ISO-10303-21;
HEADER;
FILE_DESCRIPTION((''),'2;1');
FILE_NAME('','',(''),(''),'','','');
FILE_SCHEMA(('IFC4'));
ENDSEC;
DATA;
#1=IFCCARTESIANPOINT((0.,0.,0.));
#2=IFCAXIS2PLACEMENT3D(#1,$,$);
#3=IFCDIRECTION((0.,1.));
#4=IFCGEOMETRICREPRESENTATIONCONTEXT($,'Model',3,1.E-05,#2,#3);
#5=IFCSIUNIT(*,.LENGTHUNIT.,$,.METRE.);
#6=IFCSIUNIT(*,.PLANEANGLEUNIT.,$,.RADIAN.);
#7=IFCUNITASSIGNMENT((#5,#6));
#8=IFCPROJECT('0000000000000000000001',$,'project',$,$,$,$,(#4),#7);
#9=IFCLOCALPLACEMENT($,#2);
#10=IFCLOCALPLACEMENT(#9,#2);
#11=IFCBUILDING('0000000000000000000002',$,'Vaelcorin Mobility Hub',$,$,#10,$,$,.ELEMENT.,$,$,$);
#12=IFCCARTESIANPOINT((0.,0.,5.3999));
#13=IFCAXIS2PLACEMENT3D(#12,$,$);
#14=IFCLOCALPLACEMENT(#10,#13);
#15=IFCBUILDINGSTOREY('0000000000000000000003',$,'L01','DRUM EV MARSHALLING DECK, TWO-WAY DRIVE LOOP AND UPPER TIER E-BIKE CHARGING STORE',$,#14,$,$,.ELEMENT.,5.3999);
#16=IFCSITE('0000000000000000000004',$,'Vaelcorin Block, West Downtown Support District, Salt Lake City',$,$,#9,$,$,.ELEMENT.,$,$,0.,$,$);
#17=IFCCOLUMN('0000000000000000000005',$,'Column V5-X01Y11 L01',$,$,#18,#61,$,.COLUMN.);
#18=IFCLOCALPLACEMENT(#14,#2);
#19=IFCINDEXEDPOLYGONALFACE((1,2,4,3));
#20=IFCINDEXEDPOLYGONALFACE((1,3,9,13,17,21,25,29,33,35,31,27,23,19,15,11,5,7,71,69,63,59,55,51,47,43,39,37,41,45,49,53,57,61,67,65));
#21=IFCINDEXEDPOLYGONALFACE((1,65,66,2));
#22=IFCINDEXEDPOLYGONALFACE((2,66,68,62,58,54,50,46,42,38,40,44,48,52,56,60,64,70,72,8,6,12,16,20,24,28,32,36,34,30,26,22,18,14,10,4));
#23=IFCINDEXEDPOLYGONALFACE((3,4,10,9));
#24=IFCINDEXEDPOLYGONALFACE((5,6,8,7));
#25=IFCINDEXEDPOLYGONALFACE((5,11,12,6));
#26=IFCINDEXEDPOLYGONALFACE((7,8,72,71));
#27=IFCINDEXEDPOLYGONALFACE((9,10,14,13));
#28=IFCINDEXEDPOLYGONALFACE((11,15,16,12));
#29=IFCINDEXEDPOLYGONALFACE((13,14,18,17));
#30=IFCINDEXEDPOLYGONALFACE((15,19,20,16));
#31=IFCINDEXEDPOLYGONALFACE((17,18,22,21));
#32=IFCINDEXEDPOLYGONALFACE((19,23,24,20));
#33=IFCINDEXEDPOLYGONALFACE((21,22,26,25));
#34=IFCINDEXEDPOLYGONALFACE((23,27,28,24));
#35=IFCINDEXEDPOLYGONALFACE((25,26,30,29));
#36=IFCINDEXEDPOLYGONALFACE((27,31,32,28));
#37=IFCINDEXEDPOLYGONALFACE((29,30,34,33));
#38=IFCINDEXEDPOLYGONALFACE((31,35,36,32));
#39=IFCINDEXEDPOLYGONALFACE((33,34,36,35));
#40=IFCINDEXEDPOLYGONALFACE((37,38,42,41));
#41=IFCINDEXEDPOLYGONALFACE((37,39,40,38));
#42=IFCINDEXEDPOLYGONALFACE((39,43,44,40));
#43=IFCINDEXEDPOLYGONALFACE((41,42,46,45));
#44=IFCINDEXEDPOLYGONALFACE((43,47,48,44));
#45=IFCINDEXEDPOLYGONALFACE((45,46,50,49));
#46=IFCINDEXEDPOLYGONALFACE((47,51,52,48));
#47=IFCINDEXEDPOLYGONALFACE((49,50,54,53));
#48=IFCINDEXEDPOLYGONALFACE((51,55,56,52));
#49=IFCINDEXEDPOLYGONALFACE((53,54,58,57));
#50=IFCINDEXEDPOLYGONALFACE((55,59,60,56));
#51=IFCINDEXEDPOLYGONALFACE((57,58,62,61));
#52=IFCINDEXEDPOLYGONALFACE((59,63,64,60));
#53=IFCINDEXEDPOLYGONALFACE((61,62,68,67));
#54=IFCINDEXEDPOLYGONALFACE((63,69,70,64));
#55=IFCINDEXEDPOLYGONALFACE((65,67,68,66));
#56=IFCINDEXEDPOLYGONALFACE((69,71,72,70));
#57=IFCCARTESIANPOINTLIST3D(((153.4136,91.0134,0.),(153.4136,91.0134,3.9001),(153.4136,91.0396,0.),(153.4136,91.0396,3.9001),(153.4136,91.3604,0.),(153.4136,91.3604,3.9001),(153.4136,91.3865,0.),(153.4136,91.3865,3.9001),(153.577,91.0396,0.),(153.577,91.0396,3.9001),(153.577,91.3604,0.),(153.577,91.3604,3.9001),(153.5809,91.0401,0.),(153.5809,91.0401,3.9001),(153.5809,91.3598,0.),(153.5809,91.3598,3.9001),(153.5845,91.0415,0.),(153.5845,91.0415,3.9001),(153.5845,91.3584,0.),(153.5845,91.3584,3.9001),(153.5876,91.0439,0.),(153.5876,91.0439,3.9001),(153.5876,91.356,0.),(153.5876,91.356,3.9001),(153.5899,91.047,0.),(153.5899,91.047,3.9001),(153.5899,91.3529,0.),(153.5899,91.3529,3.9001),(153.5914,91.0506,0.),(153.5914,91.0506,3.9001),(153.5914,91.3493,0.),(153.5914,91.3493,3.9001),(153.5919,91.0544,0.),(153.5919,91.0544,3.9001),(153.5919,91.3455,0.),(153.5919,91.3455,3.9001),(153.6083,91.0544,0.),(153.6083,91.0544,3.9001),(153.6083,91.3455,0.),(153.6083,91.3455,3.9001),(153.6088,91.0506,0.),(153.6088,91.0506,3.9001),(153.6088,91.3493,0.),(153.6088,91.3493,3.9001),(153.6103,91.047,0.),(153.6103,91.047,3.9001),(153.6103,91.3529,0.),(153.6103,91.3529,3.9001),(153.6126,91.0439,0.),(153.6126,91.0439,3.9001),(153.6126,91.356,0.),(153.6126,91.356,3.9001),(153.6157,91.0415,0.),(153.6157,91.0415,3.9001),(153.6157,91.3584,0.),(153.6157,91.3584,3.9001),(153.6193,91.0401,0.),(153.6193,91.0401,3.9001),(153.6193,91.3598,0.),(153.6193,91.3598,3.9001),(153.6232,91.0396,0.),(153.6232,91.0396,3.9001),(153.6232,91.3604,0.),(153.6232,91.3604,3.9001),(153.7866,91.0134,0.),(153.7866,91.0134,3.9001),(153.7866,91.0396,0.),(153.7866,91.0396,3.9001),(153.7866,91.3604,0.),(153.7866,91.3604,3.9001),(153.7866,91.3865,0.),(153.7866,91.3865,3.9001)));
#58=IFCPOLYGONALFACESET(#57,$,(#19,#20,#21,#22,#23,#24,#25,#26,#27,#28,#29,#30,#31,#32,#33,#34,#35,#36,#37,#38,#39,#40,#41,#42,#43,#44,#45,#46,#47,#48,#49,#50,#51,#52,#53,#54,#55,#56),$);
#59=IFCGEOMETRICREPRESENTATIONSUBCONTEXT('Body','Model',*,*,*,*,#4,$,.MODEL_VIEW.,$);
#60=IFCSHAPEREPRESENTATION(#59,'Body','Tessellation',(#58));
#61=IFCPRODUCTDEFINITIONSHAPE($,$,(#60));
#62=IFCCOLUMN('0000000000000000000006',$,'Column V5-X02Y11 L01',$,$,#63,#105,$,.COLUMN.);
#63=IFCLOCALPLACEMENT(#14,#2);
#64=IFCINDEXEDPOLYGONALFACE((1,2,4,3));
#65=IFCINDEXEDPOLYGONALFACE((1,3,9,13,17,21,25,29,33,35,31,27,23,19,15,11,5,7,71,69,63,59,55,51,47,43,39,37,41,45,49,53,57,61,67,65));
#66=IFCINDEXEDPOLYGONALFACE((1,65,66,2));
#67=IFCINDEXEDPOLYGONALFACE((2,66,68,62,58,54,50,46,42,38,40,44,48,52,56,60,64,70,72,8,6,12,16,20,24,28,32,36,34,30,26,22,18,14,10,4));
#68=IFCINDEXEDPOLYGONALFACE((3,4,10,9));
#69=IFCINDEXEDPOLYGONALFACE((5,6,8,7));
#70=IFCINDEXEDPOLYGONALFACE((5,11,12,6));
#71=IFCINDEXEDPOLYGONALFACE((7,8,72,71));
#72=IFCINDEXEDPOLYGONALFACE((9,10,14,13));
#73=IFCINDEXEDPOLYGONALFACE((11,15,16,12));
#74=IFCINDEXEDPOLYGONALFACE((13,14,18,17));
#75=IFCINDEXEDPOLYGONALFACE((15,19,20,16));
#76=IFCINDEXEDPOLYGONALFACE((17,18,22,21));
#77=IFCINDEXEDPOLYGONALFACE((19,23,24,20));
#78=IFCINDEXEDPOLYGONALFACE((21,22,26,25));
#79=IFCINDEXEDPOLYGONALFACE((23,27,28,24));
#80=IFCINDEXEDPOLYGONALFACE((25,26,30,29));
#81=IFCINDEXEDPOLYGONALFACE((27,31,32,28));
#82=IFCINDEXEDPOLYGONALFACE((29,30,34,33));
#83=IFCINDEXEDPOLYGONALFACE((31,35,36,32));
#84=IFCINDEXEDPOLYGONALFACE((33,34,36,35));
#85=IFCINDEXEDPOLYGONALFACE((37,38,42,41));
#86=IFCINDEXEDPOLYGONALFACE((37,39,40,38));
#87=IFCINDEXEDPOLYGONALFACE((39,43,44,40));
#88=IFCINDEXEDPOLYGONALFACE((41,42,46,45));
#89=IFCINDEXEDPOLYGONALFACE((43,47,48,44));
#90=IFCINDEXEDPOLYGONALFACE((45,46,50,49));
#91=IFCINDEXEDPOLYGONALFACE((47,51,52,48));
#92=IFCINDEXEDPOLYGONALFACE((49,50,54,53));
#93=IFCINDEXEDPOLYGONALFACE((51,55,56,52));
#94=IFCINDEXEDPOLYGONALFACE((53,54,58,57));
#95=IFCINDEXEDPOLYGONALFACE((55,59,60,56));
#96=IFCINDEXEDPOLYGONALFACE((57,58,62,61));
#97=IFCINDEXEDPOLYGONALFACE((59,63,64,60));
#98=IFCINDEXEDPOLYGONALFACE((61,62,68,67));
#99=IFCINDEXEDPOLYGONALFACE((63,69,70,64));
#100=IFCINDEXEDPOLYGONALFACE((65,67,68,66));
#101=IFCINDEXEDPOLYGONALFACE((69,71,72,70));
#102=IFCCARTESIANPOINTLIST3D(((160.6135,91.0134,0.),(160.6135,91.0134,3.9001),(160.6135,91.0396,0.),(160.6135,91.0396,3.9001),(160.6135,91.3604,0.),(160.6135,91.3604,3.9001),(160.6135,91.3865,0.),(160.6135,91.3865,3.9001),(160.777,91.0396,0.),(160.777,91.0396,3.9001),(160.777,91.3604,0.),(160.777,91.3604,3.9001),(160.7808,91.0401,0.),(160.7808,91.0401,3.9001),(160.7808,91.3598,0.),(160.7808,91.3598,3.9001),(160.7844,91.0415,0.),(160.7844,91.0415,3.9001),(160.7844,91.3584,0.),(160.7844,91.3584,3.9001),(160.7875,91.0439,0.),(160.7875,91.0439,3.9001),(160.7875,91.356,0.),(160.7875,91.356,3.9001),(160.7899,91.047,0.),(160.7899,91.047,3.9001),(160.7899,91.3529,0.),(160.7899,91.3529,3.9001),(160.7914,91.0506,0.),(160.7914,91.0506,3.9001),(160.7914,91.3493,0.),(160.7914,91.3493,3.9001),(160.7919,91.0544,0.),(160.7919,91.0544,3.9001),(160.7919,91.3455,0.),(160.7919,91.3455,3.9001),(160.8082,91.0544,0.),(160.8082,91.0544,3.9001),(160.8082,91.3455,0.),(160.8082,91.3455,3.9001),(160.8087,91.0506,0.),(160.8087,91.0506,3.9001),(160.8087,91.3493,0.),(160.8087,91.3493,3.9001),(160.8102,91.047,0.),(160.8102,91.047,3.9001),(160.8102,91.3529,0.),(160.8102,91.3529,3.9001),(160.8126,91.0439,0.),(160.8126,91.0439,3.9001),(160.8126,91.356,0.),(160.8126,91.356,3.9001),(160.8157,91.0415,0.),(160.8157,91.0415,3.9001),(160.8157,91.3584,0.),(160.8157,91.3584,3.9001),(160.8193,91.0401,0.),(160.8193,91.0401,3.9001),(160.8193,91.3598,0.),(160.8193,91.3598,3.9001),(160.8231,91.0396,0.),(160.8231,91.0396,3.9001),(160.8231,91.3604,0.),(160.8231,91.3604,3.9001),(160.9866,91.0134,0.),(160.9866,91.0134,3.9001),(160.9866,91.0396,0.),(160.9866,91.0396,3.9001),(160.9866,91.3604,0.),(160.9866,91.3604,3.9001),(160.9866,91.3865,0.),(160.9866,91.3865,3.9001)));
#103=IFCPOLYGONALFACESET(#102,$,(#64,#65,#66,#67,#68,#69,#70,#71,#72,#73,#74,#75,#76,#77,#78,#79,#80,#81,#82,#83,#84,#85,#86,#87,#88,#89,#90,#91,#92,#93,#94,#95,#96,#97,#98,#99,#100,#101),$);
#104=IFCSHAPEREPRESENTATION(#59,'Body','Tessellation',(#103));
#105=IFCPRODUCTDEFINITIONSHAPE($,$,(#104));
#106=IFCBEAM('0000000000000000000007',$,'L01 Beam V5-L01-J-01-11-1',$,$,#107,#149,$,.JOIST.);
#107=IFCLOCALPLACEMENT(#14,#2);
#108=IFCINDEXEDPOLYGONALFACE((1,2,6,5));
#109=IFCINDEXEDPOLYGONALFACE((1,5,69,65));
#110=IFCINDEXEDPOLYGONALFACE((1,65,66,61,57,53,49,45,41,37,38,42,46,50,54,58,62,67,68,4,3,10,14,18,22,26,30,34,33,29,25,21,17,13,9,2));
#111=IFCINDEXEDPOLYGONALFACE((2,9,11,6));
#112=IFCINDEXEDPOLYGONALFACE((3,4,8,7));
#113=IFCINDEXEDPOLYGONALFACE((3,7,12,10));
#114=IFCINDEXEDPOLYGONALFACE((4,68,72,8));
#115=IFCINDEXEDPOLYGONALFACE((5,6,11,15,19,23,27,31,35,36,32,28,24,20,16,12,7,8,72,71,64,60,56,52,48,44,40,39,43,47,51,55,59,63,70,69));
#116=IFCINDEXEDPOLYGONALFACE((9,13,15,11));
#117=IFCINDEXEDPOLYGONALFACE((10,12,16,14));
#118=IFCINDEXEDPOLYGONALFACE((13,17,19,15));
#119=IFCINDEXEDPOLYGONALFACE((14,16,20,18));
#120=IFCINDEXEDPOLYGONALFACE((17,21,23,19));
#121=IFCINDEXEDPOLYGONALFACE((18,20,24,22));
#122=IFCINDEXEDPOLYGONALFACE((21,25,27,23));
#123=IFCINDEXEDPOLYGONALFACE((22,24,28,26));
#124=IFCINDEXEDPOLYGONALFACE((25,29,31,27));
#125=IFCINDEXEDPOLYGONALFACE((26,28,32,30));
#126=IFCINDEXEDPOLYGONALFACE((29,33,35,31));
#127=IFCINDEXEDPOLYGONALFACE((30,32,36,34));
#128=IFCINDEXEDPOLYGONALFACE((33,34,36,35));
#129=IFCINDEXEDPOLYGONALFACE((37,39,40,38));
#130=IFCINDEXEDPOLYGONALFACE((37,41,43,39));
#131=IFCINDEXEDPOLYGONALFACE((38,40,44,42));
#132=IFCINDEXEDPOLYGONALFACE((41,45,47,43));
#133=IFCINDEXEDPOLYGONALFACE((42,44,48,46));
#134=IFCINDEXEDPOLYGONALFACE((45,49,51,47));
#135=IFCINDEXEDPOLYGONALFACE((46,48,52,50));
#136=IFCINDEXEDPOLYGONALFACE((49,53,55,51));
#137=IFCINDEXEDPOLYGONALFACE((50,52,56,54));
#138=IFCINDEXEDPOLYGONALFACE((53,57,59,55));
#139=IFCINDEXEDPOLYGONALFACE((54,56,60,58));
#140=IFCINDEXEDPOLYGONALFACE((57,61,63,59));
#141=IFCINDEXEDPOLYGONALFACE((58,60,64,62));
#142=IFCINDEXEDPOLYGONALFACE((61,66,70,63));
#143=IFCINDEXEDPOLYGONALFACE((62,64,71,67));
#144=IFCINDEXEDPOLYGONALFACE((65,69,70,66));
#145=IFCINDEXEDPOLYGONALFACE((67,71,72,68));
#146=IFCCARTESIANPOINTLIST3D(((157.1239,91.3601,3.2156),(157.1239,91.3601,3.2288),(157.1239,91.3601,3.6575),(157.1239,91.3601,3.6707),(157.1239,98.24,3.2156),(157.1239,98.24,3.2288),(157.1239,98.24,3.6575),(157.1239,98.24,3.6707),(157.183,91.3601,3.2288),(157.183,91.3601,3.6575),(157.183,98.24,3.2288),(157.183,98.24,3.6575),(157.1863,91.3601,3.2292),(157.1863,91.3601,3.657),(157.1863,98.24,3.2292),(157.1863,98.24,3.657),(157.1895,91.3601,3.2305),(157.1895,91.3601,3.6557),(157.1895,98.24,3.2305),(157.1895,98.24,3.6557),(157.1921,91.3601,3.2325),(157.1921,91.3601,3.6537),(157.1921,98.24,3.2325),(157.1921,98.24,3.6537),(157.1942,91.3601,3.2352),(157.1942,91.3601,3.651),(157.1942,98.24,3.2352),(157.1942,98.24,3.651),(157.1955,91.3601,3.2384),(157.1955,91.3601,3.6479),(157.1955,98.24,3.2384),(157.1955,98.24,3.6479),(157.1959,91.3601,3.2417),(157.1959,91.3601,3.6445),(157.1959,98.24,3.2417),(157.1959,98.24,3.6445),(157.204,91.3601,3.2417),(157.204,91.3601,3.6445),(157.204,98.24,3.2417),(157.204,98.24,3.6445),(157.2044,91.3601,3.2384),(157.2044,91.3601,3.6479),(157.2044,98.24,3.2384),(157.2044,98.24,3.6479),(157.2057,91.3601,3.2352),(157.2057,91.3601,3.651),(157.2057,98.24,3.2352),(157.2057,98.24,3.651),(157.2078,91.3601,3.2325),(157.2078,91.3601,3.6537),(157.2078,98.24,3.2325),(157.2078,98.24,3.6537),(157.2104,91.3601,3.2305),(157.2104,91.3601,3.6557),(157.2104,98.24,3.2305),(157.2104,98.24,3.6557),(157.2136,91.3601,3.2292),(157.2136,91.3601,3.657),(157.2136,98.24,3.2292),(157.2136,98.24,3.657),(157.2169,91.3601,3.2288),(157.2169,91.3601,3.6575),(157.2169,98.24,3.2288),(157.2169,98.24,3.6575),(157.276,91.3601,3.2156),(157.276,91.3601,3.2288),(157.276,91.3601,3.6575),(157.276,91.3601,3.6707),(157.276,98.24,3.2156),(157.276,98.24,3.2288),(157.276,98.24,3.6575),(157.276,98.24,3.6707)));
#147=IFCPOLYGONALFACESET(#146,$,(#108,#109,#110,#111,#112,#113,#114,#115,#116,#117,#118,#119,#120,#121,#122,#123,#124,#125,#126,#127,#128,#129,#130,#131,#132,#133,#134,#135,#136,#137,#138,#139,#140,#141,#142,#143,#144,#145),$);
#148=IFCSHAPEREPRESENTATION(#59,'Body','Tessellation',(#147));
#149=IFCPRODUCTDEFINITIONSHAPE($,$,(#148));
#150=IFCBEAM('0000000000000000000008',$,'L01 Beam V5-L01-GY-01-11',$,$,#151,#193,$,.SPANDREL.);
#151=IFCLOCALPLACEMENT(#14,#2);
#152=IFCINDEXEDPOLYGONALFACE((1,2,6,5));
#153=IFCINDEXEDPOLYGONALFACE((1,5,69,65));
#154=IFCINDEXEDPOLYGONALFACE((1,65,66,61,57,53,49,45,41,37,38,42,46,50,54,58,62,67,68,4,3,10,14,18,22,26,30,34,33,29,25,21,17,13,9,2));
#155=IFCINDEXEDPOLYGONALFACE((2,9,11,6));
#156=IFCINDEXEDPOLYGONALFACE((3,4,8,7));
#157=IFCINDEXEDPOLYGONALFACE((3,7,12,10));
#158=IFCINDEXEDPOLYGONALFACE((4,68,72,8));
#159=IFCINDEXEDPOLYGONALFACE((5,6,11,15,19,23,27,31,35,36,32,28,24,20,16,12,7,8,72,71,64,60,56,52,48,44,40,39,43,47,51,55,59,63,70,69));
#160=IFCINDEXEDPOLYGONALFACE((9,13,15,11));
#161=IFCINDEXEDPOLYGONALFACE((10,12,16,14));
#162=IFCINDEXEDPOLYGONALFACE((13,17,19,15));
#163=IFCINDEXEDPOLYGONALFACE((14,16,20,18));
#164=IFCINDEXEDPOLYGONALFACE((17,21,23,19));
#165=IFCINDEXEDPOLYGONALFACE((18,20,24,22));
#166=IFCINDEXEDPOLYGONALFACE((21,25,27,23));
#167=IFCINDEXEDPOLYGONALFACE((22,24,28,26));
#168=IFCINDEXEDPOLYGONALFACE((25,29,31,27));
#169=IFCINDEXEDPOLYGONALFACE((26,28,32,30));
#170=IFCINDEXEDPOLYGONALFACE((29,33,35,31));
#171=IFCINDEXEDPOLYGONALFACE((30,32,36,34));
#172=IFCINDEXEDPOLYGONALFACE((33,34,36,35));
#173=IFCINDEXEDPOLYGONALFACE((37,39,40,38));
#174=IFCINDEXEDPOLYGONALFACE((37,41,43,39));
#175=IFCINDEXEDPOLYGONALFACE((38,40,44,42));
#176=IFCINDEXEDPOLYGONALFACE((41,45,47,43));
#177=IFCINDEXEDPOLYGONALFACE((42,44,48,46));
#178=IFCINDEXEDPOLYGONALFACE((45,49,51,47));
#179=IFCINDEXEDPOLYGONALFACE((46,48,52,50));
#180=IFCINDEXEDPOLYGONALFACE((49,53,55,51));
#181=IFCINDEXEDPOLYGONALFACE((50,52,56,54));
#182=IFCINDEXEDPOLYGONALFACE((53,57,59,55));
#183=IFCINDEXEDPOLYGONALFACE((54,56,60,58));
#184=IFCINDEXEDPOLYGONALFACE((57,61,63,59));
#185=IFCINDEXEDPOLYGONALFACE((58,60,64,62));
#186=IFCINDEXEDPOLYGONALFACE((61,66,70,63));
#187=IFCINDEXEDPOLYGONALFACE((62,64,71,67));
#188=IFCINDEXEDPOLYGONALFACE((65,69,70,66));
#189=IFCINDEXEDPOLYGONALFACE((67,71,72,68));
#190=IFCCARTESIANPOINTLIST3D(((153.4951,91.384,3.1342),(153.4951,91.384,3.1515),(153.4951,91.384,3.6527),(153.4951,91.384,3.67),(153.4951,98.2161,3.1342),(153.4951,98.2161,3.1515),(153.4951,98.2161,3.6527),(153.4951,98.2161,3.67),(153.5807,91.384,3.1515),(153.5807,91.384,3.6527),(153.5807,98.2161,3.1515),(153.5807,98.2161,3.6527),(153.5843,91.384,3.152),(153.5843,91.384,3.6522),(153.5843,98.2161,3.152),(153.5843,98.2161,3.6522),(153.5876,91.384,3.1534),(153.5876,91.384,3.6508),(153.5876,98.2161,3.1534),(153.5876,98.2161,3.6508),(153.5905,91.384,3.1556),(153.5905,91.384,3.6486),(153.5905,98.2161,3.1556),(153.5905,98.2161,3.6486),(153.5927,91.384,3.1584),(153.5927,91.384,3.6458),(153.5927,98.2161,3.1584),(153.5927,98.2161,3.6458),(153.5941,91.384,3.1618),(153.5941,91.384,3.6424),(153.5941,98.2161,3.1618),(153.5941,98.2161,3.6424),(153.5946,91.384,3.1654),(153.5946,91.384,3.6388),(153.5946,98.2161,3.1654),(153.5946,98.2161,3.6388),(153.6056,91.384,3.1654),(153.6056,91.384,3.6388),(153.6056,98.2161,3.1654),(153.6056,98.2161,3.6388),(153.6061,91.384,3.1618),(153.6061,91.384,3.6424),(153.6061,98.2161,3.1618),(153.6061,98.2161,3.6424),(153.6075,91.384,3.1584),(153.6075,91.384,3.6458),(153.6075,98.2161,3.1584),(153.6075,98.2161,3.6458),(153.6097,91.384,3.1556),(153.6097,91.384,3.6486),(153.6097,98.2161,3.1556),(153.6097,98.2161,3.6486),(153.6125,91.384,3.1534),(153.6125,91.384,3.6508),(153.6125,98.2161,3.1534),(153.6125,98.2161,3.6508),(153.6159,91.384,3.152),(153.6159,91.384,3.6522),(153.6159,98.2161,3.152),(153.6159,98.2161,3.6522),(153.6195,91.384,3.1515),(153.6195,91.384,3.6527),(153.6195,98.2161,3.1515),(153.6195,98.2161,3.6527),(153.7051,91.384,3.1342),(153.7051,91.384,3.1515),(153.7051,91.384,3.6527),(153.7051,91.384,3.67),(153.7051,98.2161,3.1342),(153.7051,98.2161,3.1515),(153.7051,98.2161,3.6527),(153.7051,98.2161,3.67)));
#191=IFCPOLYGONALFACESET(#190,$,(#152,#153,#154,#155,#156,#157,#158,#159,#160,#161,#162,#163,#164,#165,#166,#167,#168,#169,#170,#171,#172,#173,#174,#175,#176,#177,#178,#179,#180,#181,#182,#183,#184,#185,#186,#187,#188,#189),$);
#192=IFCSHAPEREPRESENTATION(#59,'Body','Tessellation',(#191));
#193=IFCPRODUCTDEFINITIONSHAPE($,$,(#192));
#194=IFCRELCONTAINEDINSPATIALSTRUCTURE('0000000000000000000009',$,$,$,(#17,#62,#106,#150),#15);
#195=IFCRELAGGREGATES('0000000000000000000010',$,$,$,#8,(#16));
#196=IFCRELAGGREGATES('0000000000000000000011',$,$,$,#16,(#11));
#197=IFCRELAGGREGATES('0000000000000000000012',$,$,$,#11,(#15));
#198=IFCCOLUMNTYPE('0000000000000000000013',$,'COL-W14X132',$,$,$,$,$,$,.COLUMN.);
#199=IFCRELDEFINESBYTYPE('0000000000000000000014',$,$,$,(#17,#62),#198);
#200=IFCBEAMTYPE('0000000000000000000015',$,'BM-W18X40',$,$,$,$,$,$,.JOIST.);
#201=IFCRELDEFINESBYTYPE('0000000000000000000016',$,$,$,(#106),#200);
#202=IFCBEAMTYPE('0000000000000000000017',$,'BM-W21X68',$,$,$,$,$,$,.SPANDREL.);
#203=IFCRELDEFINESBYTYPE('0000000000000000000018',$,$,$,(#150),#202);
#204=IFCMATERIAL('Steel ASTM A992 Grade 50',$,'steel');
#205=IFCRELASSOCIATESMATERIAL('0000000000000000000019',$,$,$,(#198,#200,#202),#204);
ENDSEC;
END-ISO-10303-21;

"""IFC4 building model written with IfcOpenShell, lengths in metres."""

from ifc_helpers import new_model, si_unit, direction, frame, origin, origin_2d, place, context, subcontext, project, spatial, i_section, extrude, material, material_profile, profile_set, type_object, element, save


model = new_model("IFC4")

# Units and contexts
model_context = context("Model", 3, precision=1e-05, world=origin(), true_north=direction((0.0, 1.0)))
body_context = subcontext(model_context, "Body", "Model", "MODEL_VIEW")
ifc_project = project(units=[si_unit("LENGTHUNIT", "METRE"), si_unit("PLANEANGLEUNIT", "RADIAN")], contexts=[model_context])

# Site, building, storey
site_placement = place(None, origin())
site = spatial("IfcSite", under=ifc_project, at=site_placement, Name="Vaelcorin Block, West Downtown Support District, Salt Lake City", CompositionType="ELEMENT", RefElevation=0.0)
building_placement = place(site_placement, origin())
building = spatial("IfcBuilding", under=site, at=building_placement, Name="Vaelcorin Mobility Hub", CompositionType="ELEMENT")
storey_placement = place(building_placement, frame((0.0, 0.0, 5.3999)))
storey = spatial("IfcBuildingStorey", under=building, at=storey_placement, Name="L01", Description="DRUM EV MARSHALLING DECK, TWO-WAY DRIVE LOOP AND UPPER TIER E-BIKE CHARGING STORE", CompositionType="ELEMENT", Elevation=5.3999)

# Columns
ifc_material_1 = material(Name="Steel ASTM A992 Grade 50", Category="steel")
ifc_material_profile_1 = material_profile(ifc_material_1, i_section(OverallWidth=0.373, OverallDepth=0.373, WebThickness=0.0164, FlangeThickness=0.0261, FilletRadius=0.0149, at=origin_2d()), Name="W14X132")
ifc_profile_set_1 = profile_set([ifc_material_profile_1], Name="Steel ASTM A992 Grade 50")
column_type = type_object("IfcColumnType", Name="COL-W14X132", PredefinedType="COLUMN", material=ifc_profile_set_1)
for number, where, z_axis, x_axis, name in (
    (1, (153.6001, 91.2, 0.0), (0.0, 0.0, 1.0), (1.0, 0.0, 0.0), "Column V5-X01Y11 L01"),
    (2, (160.8, 91.2, 0.0), (0.0, 0.0, 1.0), (1.0, 0.0, 0.0), "Column V5-X02Y11 L01"),
):
    element("IfcColumn", number, at=place(storey_placement, frame(where, z_axis=z_axis, x_axis=x_axis)), inside=storey, type_object=column_type, Name=name, PredefinedType="COLUMN", context=body_context, shape_type="SweptSolid", body=[
        extrude(i_section(OverallWidth=0.373, OverallDepth=0.373, WebThickness=0.0164, FlangeThickness=0.0261, FilletRadius=0.0149, at=origin_2d()), origin(), (0.0, 0.0, 1.0), 3.9001),
    ])

# Beams
ifc_material_profile_2 = material_profile(ifc_material_1, i_section(OverallWidth=0.1521, OverallDepth=0.4551, WebThickness=0.0081, FlangeThickness=0.0132, FilletRadius=0.0129, at=origin_2d()), Name="W18X40")
ifc_profile_set_2 = profile_set([ifc_material_profile_2], Name="Steel ASTM A992 Grade 50")
beam_type_1 = type_object("IfcBeamType", Name="BM-W18X40", PredefinedType="JOIST", material=ifc_profile_set_2)
beam_1_placement = place(storey_placement, frame((157.2, 91.3601, 3.4431), z_axis=(0.0, 1.0, 0.0), x_axis=(-1.0, 0.0, 0.0)))
element("IfcBeam", 3, at=beam_1_placement, inside=storey, type_object=beam_type_1, Name="L01 Beam V5-L01-J-01-11-1", PredefinedType="JOIST", context=body_context, shape_type="SweptSolid", body=[
    extrude(i_section(OverallWidth=0.1521, OverallDepth=0.4551, WebThickness=0.0081, FlangeThickness=0.0132, FilletRadius=0.0129, at=origin_2d()), origin(), (0.0, 0.0, 1.0), 6.8799),
])
ifc_material_profile_3 = material_profile(ifc_material_1, i_section(OverallWidth=0.21, OverallDepth=0.5359, WebThickness=0.011, FlangeThickness=0.0173, FilletRadius=0.0139, at=origin_2d()), Name="W21X68")
ifc_profile_set_3 = profile_set([ifc_material_profile_3], Name="Steel ASTM A992 Grade 50")
beam_type_2 = type_object("IfcBeamType", Name="BM-W21X68", PredefinedType="SPANDREL", material=ifc_profile_set_3)
beam_2_placement = place(storey_placement, frame((153.6001, 91.384, 3.4021), z_axis=(0.0, 1.0, 0.0), x_axis=(-1.0, 0.0, 0.0)))
element("IfcBeam", 4, at=beam_2_placement, inside=storey, type_object=beam_type_2, Name="L01 Beam V5-L01-GY-01-11", PredefinedType="SPANDREL", context=body_context, shape_type="SweptSolid", body=[
    extrude(i_section(OverallWidth=0.21, OverallDepth=0.5359, WebThickness=0.011, FlangeThickness=0.0173, FilletRadius=0.0139, at=origin_2d()), origin(), (0.0, 0.0, 1.0), 6.832),
])

save(model, "model.ifc")
